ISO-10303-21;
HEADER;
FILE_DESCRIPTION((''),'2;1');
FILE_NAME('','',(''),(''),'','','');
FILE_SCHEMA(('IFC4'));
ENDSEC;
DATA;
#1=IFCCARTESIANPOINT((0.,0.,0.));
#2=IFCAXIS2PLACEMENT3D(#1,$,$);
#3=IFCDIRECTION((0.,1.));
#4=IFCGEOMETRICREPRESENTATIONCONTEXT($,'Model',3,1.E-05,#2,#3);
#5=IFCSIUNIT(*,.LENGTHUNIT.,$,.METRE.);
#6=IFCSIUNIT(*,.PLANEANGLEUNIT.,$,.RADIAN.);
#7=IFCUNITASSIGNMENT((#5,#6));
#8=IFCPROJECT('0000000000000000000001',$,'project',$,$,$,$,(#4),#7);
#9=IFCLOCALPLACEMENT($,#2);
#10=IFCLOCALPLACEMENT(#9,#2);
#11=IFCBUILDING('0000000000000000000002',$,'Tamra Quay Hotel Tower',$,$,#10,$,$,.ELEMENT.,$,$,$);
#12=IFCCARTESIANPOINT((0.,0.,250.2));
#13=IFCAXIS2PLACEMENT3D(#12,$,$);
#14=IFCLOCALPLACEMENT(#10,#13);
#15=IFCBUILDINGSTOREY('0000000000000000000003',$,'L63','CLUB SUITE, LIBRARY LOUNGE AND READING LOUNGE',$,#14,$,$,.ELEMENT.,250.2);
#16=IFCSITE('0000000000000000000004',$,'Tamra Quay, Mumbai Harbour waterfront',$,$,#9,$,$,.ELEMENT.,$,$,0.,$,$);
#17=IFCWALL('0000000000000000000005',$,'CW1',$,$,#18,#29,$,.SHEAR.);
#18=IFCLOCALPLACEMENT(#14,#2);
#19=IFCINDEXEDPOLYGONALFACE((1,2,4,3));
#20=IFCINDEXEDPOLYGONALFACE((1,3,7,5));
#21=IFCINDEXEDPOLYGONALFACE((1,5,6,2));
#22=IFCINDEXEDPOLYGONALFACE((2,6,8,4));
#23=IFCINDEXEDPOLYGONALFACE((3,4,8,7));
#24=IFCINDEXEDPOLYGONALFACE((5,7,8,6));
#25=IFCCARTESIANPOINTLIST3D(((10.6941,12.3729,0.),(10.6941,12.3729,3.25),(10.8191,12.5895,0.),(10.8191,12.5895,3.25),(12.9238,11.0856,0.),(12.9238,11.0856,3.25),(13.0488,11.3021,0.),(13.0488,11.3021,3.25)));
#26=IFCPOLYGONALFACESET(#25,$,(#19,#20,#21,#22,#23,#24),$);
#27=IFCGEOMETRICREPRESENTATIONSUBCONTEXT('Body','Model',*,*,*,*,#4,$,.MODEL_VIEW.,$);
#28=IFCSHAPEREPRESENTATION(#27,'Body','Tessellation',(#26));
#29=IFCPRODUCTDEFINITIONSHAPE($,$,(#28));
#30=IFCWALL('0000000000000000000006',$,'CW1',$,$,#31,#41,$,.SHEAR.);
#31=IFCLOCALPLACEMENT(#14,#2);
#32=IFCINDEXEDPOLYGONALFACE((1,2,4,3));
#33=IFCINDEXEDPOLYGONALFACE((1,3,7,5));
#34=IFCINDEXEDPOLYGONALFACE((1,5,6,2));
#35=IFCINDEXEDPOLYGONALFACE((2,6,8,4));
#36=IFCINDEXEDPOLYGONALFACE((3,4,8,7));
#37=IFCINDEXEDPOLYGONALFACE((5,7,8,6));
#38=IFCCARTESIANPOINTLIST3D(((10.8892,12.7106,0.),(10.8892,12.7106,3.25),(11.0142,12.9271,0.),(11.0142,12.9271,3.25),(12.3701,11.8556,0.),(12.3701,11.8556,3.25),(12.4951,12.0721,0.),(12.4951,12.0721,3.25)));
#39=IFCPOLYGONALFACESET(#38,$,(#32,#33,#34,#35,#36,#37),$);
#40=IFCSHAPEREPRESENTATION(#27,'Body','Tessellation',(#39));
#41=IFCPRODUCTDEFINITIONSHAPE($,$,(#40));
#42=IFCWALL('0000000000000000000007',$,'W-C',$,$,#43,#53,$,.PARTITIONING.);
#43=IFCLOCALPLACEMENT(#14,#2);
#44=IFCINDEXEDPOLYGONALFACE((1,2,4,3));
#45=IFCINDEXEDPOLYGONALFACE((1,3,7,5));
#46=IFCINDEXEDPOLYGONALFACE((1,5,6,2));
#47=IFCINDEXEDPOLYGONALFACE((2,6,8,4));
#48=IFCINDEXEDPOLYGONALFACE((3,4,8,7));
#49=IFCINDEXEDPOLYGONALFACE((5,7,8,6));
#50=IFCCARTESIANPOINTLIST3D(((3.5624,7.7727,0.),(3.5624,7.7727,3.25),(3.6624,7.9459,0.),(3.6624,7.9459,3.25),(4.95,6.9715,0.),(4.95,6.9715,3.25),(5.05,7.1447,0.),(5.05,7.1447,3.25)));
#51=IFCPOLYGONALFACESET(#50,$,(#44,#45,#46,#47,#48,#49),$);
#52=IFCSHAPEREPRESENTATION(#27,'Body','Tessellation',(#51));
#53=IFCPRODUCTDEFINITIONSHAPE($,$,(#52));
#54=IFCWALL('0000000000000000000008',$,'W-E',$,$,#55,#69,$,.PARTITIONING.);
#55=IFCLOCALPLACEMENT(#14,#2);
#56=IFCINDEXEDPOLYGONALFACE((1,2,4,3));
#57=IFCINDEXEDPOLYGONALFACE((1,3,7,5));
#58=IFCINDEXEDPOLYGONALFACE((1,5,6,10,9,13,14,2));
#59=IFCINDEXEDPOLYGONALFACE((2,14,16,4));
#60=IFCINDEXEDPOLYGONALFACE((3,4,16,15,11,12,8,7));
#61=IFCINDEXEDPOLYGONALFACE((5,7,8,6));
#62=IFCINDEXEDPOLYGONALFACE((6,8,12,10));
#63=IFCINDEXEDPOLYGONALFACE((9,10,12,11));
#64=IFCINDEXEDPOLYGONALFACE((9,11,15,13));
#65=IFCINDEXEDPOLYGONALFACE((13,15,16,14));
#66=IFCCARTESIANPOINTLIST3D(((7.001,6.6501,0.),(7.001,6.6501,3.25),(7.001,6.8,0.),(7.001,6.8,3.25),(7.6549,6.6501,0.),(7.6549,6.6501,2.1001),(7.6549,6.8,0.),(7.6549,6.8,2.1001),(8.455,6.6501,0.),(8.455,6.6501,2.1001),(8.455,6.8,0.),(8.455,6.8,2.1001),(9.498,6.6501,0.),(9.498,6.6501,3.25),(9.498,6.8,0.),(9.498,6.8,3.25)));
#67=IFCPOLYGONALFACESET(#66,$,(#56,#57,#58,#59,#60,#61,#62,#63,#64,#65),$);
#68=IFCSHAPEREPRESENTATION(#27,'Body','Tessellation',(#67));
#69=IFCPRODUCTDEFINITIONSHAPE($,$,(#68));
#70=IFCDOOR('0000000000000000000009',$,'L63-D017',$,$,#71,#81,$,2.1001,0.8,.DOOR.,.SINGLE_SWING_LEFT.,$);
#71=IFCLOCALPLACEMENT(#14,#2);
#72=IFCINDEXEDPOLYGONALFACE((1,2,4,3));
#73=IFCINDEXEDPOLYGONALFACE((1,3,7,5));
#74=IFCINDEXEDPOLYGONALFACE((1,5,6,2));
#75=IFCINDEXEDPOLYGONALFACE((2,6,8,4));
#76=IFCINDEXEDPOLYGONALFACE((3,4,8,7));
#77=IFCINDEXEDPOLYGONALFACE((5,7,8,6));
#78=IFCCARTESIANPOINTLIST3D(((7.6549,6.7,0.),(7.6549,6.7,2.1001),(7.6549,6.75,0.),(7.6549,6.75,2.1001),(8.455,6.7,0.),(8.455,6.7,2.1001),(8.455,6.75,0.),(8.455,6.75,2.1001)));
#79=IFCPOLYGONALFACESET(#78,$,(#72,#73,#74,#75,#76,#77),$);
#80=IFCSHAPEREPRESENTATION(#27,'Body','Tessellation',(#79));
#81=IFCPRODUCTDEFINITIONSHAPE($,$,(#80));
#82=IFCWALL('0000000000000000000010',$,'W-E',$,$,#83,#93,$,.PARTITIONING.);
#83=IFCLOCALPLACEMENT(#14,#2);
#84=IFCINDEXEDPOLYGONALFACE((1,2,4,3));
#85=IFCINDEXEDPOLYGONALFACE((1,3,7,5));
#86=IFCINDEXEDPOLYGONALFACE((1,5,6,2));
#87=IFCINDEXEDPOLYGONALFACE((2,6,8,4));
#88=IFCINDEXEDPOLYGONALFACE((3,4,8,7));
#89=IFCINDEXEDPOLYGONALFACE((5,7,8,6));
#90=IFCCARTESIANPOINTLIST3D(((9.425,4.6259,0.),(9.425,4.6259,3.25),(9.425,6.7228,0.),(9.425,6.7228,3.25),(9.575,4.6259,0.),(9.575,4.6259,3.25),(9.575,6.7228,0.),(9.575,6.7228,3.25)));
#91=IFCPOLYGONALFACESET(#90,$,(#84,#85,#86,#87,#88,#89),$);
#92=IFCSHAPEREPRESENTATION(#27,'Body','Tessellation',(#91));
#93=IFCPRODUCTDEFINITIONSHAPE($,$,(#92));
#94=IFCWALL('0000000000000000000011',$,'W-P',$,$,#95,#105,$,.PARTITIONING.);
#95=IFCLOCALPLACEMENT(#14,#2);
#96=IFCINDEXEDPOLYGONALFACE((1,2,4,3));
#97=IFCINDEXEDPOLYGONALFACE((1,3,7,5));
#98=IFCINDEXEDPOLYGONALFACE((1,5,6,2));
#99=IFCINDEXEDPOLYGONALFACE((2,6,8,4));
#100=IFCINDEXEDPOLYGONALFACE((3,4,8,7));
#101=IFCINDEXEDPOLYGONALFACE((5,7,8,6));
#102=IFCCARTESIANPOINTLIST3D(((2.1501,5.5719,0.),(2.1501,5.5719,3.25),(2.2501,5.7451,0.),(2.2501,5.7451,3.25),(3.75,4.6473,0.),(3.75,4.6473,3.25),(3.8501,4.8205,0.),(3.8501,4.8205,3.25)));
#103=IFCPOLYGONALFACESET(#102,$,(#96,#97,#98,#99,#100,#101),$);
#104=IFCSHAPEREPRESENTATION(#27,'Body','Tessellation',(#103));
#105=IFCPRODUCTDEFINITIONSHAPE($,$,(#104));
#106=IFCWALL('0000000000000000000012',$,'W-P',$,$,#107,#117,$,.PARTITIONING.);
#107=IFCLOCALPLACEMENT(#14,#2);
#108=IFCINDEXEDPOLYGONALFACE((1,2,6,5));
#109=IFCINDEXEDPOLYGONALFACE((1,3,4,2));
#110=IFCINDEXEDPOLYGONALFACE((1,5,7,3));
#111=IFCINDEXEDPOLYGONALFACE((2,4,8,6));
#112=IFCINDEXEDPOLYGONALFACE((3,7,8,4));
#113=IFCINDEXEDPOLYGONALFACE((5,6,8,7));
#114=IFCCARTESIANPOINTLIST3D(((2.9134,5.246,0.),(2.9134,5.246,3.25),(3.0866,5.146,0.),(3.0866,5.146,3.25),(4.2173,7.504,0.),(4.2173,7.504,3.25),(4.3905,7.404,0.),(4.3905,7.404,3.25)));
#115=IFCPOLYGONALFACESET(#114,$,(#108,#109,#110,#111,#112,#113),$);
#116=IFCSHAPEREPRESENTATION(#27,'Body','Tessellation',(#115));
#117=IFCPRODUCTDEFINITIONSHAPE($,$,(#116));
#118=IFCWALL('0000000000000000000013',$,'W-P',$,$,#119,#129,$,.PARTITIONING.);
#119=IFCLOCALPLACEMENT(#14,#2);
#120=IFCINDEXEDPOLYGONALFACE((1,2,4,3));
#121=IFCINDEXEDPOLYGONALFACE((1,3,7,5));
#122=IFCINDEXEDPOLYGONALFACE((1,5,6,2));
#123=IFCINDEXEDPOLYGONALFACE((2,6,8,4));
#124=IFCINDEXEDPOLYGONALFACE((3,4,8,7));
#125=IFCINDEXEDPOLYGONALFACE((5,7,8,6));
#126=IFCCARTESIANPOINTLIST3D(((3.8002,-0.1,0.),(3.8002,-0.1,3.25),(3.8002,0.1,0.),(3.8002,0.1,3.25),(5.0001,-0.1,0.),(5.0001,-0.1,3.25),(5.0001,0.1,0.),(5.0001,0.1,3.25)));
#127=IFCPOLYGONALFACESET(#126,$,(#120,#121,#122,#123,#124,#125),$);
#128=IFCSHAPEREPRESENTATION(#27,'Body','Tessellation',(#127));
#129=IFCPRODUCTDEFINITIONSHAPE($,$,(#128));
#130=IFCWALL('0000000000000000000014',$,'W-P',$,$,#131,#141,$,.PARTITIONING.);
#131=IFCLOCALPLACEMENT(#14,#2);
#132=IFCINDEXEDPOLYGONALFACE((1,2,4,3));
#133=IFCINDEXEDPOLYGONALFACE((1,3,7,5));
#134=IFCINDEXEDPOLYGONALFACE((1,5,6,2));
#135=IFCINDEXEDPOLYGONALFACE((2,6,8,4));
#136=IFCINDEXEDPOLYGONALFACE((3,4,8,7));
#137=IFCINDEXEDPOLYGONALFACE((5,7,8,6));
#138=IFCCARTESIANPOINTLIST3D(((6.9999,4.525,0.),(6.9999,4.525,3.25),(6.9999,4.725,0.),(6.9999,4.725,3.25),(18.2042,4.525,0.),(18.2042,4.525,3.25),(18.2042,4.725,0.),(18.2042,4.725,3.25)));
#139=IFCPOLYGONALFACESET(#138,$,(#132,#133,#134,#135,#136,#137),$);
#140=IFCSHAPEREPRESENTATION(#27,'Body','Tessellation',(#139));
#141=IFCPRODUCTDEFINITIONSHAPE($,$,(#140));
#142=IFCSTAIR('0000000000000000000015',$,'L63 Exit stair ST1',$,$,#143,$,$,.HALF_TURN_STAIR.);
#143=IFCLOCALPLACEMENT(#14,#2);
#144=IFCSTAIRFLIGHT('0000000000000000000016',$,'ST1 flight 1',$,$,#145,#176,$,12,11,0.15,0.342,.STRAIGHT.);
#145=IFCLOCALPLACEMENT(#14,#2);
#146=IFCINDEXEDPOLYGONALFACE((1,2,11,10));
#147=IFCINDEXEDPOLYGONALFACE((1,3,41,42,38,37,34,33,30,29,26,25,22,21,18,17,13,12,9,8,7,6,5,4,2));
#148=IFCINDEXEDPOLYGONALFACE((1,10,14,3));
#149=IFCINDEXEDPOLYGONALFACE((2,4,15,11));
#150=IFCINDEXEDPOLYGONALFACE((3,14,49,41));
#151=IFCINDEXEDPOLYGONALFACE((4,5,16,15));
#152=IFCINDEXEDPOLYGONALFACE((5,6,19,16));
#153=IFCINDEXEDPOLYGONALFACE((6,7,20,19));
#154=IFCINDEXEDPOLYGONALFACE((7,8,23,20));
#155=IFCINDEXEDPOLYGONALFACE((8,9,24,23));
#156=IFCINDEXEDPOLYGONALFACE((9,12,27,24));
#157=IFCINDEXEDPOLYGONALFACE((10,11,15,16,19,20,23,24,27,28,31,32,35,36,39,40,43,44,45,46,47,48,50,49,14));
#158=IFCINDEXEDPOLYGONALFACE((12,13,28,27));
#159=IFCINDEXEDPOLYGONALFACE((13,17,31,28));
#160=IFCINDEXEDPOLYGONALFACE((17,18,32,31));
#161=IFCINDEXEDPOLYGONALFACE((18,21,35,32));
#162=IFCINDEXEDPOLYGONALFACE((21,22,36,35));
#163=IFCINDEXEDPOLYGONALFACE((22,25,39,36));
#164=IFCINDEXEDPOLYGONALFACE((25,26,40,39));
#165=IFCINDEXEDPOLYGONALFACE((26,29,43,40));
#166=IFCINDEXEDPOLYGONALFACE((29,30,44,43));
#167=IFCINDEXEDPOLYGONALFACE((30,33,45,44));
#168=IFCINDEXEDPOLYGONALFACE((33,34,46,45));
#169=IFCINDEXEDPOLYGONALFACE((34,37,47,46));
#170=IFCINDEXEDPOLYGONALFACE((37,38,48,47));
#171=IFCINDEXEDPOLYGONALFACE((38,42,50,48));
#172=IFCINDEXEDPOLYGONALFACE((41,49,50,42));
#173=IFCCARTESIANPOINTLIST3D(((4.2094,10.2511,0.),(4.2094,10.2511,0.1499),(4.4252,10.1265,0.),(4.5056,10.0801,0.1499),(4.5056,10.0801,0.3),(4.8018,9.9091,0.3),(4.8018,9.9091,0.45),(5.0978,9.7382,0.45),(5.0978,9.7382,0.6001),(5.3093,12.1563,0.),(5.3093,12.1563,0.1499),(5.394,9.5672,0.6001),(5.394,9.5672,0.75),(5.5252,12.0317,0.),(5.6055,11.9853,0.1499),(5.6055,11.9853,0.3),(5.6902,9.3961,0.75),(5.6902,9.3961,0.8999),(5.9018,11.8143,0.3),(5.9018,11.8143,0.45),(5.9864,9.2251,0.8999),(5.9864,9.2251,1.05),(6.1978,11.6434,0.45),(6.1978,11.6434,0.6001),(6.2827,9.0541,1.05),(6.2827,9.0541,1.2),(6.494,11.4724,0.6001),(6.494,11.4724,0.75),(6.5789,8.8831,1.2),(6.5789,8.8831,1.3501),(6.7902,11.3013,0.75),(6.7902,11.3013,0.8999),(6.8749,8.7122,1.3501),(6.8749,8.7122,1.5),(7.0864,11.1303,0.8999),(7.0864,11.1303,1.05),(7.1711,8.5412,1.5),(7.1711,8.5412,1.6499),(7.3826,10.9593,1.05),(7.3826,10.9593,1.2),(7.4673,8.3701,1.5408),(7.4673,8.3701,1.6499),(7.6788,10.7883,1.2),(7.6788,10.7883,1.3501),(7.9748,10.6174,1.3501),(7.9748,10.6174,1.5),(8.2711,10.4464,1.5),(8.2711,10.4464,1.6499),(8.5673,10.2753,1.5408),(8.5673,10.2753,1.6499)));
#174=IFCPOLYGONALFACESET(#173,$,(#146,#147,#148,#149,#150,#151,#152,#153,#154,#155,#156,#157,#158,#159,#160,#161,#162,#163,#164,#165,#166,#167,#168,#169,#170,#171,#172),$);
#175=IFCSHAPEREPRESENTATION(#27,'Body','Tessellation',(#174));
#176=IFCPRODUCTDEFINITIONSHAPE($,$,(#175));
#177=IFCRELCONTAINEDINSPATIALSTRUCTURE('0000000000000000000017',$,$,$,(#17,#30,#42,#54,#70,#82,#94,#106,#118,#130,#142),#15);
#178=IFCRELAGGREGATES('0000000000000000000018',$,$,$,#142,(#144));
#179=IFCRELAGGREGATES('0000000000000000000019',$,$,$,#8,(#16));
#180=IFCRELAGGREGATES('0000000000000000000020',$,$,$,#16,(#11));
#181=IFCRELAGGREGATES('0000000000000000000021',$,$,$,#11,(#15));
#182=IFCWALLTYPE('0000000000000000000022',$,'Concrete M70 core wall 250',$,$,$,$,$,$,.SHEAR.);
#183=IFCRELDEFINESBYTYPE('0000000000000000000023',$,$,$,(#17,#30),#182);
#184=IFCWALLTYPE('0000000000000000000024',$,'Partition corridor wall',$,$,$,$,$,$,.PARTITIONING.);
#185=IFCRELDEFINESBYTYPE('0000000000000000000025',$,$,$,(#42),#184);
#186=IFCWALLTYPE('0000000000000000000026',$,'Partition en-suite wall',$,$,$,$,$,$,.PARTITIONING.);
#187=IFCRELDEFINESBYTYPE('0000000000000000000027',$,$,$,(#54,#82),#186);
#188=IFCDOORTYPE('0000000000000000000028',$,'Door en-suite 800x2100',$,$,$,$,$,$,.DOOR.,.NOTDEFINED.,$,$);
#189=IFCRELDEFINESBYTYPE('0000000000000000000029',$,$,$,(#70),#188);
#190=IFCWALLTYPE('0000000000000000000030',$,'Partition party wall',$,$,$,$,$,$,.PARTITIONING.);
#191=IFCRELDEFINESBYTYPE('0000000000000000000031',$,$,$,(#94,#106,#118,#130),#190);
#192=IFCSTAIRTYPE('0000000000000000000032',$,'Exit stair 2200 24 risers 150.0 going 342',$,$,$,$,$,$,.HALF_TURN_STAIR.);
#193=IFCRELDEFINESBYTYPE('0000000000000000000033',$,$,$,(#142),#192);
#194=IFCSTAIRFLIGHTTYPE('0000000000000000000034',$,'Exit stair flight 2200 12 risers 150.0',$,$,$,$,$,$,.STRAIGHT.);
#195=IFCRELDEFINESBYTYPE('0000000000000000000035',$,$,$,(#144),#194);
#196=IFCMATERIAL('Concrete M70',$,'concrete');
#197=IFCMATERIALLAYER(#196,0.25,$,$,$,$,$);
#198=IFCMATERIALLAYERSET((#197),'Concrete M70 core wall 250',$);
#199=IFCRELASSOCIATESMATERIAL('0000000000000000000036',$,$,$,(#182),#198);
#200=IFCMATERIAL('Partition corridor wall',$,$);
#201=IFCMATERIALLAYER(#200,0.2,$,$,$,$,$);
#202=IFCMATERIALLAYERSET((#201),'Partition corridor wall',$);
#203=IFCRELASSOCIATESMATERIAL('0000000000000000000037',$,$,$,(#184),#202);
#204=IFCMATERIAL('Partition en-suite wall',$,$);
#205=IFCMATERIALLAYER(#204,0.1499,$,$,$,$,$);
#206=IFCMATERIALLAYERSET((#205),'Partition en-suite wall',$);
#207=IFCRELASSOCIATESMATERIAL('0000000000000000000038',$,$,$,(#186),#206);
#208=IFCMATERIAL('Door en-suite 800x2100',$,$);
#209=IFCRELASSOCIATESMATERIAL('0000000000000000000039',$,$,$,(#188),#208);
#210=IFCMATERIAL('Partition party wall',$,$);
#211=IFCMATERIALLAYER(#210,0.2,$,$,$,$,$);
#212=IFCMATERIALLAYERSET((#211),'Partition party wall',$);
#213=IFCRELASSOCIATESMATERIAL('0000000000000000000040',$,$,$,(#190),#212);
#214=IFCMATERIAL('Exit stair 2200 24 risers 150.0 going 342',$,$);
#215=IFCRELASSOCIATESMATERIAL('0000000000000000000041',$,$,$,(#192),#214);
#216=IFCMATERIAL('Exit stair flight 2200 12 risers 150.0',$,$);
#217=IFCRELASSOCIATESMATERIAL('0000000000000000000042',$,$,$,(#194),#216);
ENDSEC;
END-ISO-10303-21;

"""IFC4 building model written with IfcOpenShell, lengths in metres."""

from ifc_helpers import new_model, si_unit, direction, frame, frame_2d, origin, place, context, subcontext, project, spatial, polyline, rectangle, outline, extrude, material, layer, layer_set, type_object, element, fill, aggregate, save


model = new_model("IFC4")

# Units and contexts
model_context = context("Model", 3, precision=1e-05, world=origin(), true_north=direction((0.0, 1.0)))
body_context = subcontext(model_context, "Body", "Model", "MODEL_VIEW")
ifc_project = project(units=[si_unit("LENGTHUNIT", "METRE"), si_unit("PLANEANGLEUNIT", "RADIAN")], contexts=[model_context])

# Site, building, storey
site_placement = place(None, origin())
site = spatial("IfcSite", under=ifc_project, at=site_placement, Name="Tamra Quay, Mumbai Harbour waterfront", CompositionType="ELEMENT", RefElevation=0.0)
building_placement = place(site_placement, origin())
building = spatial("IfcBuilding", under=site, at=building_placement, Name="Tamra Quay Hotel Tower", CompositionType="ELEMENT")
storey_placement = place(building_placement, frame((0.0, 0.0, 250.2)))
storey = spatial("IfcBuildingStorey", under=building, at=storey_placement, Name="L63", Description="CLUB SUITE, LIBRARY LOUNGE AND READING LOUNGE", CompositionType="ELEMENT", Elevation=250.2)

# Shared definitions
ifc_material_1 = material(Name="Concrete M70", Category="concrete")

# Shared definitions
ifc_layer_1 = layer(ifc_material_1, 0.25)
ifc_layer_set_1 = layer_set([ifc_layer_1], Name="Concrete M70 core wall 250")
wall_type_1 = type_object("IfcWallType", Name="Concrete M70 core wall 250", PredefinedType="SHEAR", material=ifc_layer_set_1)

# Walls
wall_1_placement = place(storey_placement, frame((10.7566, 12.4812, 0.0), z_axis=(0.0, 0.0, 1.0), x_axis=(0.866023, -0.500004, 0.0)))
element("IfcWall", 1, at=wall_1_placement, inside=storey, type_object=wall_type_1, Name="CW1", PredefinedType="SHEAR", context=body_context, shape_type="SweptSolid", body=[
    extrude(rectangle(XDim=2.5747, YDim=0.25, at=frame_2d((1.2874, 0.0))), origin(), (0.0, 0.0, 1.0), 3.25),
])
wall_2_placement = place(storey_placement, frame((12.4326, 11.9639, 0.0), z_axis=(0.0, 0.0, 1.0), x_axis=(-0.866038, 0.499978, 0.0)))
element("IfcWall", 2, at=wall_2_placement, inside=storey, type_object=wall_type_1, Name="CW1", PredefinedType="SHEAR", context=body_context, shape_type="SweptSolid", body=[
    extrude(rectangle(XDim=1.71, YDim=0.25, at=frame_2d((0.855, 0.0))), origin(), (0.0, 0.0, 1.0), 3.25),
])
ifc_material_2 = material(Name="Partition corridor wall")
ifc_layer_2 = layer(ifc_material_2, 0.2)
ifc_layer_set_2 = layer_set([ifc_layer_2], Name="Partition corridor wall")
wall_type_2 = type_object("IfcWallType", Name="Partition corridor wall", PredefinedType="PARTITIONING", material=ifc_layer_set_2)
wall_3_placement = place(storey_placement, frame((3.6123, 7.8594, 0.0), z_axis=(0.0, 0.0, 1.0), x_axis=(0.866003, -0.500039, 0.0)))
element("IfcWall", 3, at=wall_3_placement, inside=storey, type_object=wall_type_2, Name="W-C", PredefinedType="PARTITIONING", context=body_context, shape_type="SweptSolid", body=[
    extrude(rectangle(XDim=1.6023, YDim=0.2, at=frame_2d((0.8013, 0.0))), origin(), (0.0, 0.0, 1.0), 3.25),
])

# Wall, opening, door
ifc_material_3 = material(Name="Partition en-suite wall")
ifc_layer_3 = layer(ifc_material_3, 0.1499)
ifc_layer_set_3 = layer_set([ifc_layer_3], Name="Partition en-suite wall")
wall_type_3 = type_object("IfcWallType", Name="Partition en-suite wall", PredefinedType="PARTITIONING", material=ifc_layer_set_3)
wall_4_placement = place(storey_placement, frame((7.001, 6.7251, 0.0), z_axis=(0.0, 0.0, 1.0), x_axis=(1.0, 0.0, 0.0)))
wall_4 = element("IfcWall", 4, at=wall_4_placement, inside=storey, type_object=wall_type_3, Name="W-E", PredefinedType="PARTITIONING", context=body_context, shape_type="SweptSolid", body=[
    extrude(rectangle(XDim=2.4971, YDim=0.1499, at=frame_2d((1.2485, 0.0))), origin(), (0.0, 0.0, 1.0), 3.25),
])
opening_1_placement = place(wall_4_placement, frame((0.6541, 0.0, 0.0)))
opening_1 = element("IfcOpeningElement", 5, at=opening_1_placement, cuts=wall_4, PredefinedType="OPENING", context=body_context, shape_type="SweptSolid", body=[
    extrude(rectangle(XDim=0.8, YDim=2.1001, at=frame_2d((0.3999, 1.05))), frame((0.0, 0.085, 0.0), z_axis=(0.0, -1.0, 0.0), x_axis=(1.0, 0.0, 0.0)), (0.0, 0.0, 1.0), 0.1699),
])
ifc_material_4 = material(Name="Door en-suite 800x2100")
door_type_1 = type_object("IfcDoorType", Name="Door en-suite 800x2100", OperationType="NOTDEFINED", PredefinedType="DOOR", material=ifc_material_4)
door_1_placement = place(opening_1_placement, origin())
door_1 = element("IfcDoor", 6, at=door_1_placement, inside=storey, type_object=door_type_1, Name="L63-D017", OperationType="SINGLE_SWING_LEFT", OverallHeight=2.1001, OverallWidth=0.8, PredefinedType="DOOR", context=body_context, shape_type="SweptSolid", body=[
    extrude(rectangle(XDim=0.8, YDim=2.1001, at=frame_2d((0.3999, 1.05))), frame((0.0, 0.0249, 0.0), z_axis=(0.0, -1.0, 0.0), x_axis=(1.0, 0.0, 0.0)), (0.0, 0.0, 1.0), 0.05),
])
fill(opening_1, door_1)

# Walls
wall_5_placement = place(storey_placement, frame((9.5, 4.626, 0.0), z_axis=(0.0, 0.0, 1.0), x_axis=(0.0, 1.0, 0.0)))
element("IfcWall", 7, at=wall_5_placement, inside=storey, type_object=wall_type_3, Name="W-E", PredefinedType="PARTITIONING", context=body_context, shape_type="SweptSolid", body=[
    extrude(rectangle(XDim=2.0969, YDim=0.1499, at=frame_2d((1.0483, 0.0))), origin(), (0.0, 0.0, 1.0), 3.25),
])
ifc_material_5 = material(Name="Partition party wall")
ifc_layer_4 = layer(ifc_material_5, 0.2)
ifc_layer_set_4 = layer_set([ifc_layer_4], Name="Partition party wall")
wall_type_4 = type_object("IfcWallType", Name="Partition party wall", PredefinedType="PARTITIONING", material=ifc_layer_set_4)
wall_6_placement = place(storey_placement, frame((2.2002, 5.6584, 0.0), z_axis=(0.0, 0.0, 1.0), x_axis=(0.865818, -0.500359, 0.0)))
element("IfcWall", 8, at=wall_6_placement, inside=storey, type_object=wall_type_4, Name="W-P", PredefinedType="PARTITIONING", context=body_context, shape_type="SweptSolid", body=[
    extrude(rectangle(XDim=1.8479, YDim=0.2, at=frame_2d((0.9238, 0.0))), origin(), (0.0, 0.0, 1.0), 3.25),
])
wall_7_placement = place(storey_placement, frame((3.0, 5.196, 0.0), z_axis=(0.0, 0.0, 1.0), x_axis=(0.500076, 0.865981, 0.0)))
element("IfcWall", 9, at=wall_7_placement, inside=storey, type_object=wall_type_4, Name="W-P", PredefinedType="PARTITIONING", context=body_context, shape_type="SweptSolid", body=[
    extrude(rectangle(XDim=2.6074, YDim=0.2, at=frame_2d((1.3037, 0.0))), origin(), (0.0, 0.0, 1.0), 3.25),
])
wall_8_placement = place(storey_placement, frame((3.8, 0.0, 0.0), z_axis=(0.0, 0.0, 1.0), x_axis=(1.0, 0.0, 0.0)))
element("IfcWall", 10, at=wall_8_placement, inside=storey, type_object=wall_type_4, Name="W-P", PredefinedType="PARTITIONING", context=body_context, shape_type="SweptSolid", body=[
    extrude(rectangle(XDim=1.2, YDim=0.2, at=frame_2d((0.6001, 0.0))), origin(), (0.0, 0.0, 1.0), 3.25),
])
wall_9_placement = place(storey_placement, frame((7.0, 4.625, 0.0), z_axis=(0.0, 0.0, 1.0), x_axis=(1.0, 0.0, 0.0)))
element("IfcWall", 11, at=wall_9_placement, inside=storey, type_object=wall_type_4, Name="W-P", PredefinedType="PARTITIONING", context=body_context, shape_type="SweptSolid", body=[
    extrude(rectangle(XDim=11.2043, YDim=0.2, at=frame_2d((5.6021, 0.0))), origin(), (0.0, 0.0, 1.0), 3.25),
])

# Stair, stair flight
ifc_material_6 = material(Name="Exit stair 2200 24 risers 150.0 going 342")
stair_type = type_object("IfcStairType", Name="Exit stair 2200 24 risers 150.0 going 342", PredefinedType="HALF_TURN_STAIR", material=ifc_material_6)
stair_placement = place(storey_placement, origin())
stair = element("IfcStair", 12, at=stair_placement, inside=storey, type_object=stair_type, Name="L63 Exit stair ST1", PredefinedType="HALF_TURN_STAIR")
ifc_material_7 = material(Name="Exit stair flight 2200 12 risers 150.0")
stair_flight_type = type_object("IfcStairFlightType", Name="Exit stair flight 2200 12 risers 150.0", PredefinedType="STRAIGHT", material=ifc_material_7)
stair_flight_1_placement = place(storey_placement, frame((4.7593, 11.2036, 0.0), z_axis=(0.0, 0.0, 1.0), x_axis=(0.866025, -0.5, 0.0)))
stair_flight_1 = element("IfcStairFlight", 13, at=stair_flight_1_placement, type_object=stair_flight_type, Name="ST1 flight 1", NumberOfRisers=12, NumberOfTreads=11, PredefinedType="STRAIGHT", RiserHeight=0.15, TreadLength=0.342, context=body_context, shape_type="SweptSolid", body=[
    extrude(outline(polyline([(0.0, 0.0), (0.0, 0.1499), (0.342, 0.1499), (0.342, 0.3), (0.6841, 0.3), (0.6841, 0.45), (1.0259, 0.45), (1.0259, 0.6001), (1.3679, 0.6001), (1.3679, 0.75), (1.71, 0.75), (1.71, 0.8999), (2.052, 0.8999), (2.052, 1.05), (2.394, 1.05), (2.394, 1.2), (2.7361, 1.2), (2.7361, 1.3501), (3.0779, 1.3501), (3.0779, 1.5), (3.4199, 1.5), (3.4199, 1.6499), (3.762, 1.6499), (3.762, 1.8), (3.762, 1.5408), (0.2493, 0.0), (0.0, 0.0)])), frame((0.0, 1.1001, 0.0), z_axis=(0.0, -1.0, 0.0), x_axis=(1.0, 0.0, 0.0)), (0.0, 0.0, 1.0), 2.2),
])
aggregate(stair, [stair_flight_1])

save(model, "model.ifc")
